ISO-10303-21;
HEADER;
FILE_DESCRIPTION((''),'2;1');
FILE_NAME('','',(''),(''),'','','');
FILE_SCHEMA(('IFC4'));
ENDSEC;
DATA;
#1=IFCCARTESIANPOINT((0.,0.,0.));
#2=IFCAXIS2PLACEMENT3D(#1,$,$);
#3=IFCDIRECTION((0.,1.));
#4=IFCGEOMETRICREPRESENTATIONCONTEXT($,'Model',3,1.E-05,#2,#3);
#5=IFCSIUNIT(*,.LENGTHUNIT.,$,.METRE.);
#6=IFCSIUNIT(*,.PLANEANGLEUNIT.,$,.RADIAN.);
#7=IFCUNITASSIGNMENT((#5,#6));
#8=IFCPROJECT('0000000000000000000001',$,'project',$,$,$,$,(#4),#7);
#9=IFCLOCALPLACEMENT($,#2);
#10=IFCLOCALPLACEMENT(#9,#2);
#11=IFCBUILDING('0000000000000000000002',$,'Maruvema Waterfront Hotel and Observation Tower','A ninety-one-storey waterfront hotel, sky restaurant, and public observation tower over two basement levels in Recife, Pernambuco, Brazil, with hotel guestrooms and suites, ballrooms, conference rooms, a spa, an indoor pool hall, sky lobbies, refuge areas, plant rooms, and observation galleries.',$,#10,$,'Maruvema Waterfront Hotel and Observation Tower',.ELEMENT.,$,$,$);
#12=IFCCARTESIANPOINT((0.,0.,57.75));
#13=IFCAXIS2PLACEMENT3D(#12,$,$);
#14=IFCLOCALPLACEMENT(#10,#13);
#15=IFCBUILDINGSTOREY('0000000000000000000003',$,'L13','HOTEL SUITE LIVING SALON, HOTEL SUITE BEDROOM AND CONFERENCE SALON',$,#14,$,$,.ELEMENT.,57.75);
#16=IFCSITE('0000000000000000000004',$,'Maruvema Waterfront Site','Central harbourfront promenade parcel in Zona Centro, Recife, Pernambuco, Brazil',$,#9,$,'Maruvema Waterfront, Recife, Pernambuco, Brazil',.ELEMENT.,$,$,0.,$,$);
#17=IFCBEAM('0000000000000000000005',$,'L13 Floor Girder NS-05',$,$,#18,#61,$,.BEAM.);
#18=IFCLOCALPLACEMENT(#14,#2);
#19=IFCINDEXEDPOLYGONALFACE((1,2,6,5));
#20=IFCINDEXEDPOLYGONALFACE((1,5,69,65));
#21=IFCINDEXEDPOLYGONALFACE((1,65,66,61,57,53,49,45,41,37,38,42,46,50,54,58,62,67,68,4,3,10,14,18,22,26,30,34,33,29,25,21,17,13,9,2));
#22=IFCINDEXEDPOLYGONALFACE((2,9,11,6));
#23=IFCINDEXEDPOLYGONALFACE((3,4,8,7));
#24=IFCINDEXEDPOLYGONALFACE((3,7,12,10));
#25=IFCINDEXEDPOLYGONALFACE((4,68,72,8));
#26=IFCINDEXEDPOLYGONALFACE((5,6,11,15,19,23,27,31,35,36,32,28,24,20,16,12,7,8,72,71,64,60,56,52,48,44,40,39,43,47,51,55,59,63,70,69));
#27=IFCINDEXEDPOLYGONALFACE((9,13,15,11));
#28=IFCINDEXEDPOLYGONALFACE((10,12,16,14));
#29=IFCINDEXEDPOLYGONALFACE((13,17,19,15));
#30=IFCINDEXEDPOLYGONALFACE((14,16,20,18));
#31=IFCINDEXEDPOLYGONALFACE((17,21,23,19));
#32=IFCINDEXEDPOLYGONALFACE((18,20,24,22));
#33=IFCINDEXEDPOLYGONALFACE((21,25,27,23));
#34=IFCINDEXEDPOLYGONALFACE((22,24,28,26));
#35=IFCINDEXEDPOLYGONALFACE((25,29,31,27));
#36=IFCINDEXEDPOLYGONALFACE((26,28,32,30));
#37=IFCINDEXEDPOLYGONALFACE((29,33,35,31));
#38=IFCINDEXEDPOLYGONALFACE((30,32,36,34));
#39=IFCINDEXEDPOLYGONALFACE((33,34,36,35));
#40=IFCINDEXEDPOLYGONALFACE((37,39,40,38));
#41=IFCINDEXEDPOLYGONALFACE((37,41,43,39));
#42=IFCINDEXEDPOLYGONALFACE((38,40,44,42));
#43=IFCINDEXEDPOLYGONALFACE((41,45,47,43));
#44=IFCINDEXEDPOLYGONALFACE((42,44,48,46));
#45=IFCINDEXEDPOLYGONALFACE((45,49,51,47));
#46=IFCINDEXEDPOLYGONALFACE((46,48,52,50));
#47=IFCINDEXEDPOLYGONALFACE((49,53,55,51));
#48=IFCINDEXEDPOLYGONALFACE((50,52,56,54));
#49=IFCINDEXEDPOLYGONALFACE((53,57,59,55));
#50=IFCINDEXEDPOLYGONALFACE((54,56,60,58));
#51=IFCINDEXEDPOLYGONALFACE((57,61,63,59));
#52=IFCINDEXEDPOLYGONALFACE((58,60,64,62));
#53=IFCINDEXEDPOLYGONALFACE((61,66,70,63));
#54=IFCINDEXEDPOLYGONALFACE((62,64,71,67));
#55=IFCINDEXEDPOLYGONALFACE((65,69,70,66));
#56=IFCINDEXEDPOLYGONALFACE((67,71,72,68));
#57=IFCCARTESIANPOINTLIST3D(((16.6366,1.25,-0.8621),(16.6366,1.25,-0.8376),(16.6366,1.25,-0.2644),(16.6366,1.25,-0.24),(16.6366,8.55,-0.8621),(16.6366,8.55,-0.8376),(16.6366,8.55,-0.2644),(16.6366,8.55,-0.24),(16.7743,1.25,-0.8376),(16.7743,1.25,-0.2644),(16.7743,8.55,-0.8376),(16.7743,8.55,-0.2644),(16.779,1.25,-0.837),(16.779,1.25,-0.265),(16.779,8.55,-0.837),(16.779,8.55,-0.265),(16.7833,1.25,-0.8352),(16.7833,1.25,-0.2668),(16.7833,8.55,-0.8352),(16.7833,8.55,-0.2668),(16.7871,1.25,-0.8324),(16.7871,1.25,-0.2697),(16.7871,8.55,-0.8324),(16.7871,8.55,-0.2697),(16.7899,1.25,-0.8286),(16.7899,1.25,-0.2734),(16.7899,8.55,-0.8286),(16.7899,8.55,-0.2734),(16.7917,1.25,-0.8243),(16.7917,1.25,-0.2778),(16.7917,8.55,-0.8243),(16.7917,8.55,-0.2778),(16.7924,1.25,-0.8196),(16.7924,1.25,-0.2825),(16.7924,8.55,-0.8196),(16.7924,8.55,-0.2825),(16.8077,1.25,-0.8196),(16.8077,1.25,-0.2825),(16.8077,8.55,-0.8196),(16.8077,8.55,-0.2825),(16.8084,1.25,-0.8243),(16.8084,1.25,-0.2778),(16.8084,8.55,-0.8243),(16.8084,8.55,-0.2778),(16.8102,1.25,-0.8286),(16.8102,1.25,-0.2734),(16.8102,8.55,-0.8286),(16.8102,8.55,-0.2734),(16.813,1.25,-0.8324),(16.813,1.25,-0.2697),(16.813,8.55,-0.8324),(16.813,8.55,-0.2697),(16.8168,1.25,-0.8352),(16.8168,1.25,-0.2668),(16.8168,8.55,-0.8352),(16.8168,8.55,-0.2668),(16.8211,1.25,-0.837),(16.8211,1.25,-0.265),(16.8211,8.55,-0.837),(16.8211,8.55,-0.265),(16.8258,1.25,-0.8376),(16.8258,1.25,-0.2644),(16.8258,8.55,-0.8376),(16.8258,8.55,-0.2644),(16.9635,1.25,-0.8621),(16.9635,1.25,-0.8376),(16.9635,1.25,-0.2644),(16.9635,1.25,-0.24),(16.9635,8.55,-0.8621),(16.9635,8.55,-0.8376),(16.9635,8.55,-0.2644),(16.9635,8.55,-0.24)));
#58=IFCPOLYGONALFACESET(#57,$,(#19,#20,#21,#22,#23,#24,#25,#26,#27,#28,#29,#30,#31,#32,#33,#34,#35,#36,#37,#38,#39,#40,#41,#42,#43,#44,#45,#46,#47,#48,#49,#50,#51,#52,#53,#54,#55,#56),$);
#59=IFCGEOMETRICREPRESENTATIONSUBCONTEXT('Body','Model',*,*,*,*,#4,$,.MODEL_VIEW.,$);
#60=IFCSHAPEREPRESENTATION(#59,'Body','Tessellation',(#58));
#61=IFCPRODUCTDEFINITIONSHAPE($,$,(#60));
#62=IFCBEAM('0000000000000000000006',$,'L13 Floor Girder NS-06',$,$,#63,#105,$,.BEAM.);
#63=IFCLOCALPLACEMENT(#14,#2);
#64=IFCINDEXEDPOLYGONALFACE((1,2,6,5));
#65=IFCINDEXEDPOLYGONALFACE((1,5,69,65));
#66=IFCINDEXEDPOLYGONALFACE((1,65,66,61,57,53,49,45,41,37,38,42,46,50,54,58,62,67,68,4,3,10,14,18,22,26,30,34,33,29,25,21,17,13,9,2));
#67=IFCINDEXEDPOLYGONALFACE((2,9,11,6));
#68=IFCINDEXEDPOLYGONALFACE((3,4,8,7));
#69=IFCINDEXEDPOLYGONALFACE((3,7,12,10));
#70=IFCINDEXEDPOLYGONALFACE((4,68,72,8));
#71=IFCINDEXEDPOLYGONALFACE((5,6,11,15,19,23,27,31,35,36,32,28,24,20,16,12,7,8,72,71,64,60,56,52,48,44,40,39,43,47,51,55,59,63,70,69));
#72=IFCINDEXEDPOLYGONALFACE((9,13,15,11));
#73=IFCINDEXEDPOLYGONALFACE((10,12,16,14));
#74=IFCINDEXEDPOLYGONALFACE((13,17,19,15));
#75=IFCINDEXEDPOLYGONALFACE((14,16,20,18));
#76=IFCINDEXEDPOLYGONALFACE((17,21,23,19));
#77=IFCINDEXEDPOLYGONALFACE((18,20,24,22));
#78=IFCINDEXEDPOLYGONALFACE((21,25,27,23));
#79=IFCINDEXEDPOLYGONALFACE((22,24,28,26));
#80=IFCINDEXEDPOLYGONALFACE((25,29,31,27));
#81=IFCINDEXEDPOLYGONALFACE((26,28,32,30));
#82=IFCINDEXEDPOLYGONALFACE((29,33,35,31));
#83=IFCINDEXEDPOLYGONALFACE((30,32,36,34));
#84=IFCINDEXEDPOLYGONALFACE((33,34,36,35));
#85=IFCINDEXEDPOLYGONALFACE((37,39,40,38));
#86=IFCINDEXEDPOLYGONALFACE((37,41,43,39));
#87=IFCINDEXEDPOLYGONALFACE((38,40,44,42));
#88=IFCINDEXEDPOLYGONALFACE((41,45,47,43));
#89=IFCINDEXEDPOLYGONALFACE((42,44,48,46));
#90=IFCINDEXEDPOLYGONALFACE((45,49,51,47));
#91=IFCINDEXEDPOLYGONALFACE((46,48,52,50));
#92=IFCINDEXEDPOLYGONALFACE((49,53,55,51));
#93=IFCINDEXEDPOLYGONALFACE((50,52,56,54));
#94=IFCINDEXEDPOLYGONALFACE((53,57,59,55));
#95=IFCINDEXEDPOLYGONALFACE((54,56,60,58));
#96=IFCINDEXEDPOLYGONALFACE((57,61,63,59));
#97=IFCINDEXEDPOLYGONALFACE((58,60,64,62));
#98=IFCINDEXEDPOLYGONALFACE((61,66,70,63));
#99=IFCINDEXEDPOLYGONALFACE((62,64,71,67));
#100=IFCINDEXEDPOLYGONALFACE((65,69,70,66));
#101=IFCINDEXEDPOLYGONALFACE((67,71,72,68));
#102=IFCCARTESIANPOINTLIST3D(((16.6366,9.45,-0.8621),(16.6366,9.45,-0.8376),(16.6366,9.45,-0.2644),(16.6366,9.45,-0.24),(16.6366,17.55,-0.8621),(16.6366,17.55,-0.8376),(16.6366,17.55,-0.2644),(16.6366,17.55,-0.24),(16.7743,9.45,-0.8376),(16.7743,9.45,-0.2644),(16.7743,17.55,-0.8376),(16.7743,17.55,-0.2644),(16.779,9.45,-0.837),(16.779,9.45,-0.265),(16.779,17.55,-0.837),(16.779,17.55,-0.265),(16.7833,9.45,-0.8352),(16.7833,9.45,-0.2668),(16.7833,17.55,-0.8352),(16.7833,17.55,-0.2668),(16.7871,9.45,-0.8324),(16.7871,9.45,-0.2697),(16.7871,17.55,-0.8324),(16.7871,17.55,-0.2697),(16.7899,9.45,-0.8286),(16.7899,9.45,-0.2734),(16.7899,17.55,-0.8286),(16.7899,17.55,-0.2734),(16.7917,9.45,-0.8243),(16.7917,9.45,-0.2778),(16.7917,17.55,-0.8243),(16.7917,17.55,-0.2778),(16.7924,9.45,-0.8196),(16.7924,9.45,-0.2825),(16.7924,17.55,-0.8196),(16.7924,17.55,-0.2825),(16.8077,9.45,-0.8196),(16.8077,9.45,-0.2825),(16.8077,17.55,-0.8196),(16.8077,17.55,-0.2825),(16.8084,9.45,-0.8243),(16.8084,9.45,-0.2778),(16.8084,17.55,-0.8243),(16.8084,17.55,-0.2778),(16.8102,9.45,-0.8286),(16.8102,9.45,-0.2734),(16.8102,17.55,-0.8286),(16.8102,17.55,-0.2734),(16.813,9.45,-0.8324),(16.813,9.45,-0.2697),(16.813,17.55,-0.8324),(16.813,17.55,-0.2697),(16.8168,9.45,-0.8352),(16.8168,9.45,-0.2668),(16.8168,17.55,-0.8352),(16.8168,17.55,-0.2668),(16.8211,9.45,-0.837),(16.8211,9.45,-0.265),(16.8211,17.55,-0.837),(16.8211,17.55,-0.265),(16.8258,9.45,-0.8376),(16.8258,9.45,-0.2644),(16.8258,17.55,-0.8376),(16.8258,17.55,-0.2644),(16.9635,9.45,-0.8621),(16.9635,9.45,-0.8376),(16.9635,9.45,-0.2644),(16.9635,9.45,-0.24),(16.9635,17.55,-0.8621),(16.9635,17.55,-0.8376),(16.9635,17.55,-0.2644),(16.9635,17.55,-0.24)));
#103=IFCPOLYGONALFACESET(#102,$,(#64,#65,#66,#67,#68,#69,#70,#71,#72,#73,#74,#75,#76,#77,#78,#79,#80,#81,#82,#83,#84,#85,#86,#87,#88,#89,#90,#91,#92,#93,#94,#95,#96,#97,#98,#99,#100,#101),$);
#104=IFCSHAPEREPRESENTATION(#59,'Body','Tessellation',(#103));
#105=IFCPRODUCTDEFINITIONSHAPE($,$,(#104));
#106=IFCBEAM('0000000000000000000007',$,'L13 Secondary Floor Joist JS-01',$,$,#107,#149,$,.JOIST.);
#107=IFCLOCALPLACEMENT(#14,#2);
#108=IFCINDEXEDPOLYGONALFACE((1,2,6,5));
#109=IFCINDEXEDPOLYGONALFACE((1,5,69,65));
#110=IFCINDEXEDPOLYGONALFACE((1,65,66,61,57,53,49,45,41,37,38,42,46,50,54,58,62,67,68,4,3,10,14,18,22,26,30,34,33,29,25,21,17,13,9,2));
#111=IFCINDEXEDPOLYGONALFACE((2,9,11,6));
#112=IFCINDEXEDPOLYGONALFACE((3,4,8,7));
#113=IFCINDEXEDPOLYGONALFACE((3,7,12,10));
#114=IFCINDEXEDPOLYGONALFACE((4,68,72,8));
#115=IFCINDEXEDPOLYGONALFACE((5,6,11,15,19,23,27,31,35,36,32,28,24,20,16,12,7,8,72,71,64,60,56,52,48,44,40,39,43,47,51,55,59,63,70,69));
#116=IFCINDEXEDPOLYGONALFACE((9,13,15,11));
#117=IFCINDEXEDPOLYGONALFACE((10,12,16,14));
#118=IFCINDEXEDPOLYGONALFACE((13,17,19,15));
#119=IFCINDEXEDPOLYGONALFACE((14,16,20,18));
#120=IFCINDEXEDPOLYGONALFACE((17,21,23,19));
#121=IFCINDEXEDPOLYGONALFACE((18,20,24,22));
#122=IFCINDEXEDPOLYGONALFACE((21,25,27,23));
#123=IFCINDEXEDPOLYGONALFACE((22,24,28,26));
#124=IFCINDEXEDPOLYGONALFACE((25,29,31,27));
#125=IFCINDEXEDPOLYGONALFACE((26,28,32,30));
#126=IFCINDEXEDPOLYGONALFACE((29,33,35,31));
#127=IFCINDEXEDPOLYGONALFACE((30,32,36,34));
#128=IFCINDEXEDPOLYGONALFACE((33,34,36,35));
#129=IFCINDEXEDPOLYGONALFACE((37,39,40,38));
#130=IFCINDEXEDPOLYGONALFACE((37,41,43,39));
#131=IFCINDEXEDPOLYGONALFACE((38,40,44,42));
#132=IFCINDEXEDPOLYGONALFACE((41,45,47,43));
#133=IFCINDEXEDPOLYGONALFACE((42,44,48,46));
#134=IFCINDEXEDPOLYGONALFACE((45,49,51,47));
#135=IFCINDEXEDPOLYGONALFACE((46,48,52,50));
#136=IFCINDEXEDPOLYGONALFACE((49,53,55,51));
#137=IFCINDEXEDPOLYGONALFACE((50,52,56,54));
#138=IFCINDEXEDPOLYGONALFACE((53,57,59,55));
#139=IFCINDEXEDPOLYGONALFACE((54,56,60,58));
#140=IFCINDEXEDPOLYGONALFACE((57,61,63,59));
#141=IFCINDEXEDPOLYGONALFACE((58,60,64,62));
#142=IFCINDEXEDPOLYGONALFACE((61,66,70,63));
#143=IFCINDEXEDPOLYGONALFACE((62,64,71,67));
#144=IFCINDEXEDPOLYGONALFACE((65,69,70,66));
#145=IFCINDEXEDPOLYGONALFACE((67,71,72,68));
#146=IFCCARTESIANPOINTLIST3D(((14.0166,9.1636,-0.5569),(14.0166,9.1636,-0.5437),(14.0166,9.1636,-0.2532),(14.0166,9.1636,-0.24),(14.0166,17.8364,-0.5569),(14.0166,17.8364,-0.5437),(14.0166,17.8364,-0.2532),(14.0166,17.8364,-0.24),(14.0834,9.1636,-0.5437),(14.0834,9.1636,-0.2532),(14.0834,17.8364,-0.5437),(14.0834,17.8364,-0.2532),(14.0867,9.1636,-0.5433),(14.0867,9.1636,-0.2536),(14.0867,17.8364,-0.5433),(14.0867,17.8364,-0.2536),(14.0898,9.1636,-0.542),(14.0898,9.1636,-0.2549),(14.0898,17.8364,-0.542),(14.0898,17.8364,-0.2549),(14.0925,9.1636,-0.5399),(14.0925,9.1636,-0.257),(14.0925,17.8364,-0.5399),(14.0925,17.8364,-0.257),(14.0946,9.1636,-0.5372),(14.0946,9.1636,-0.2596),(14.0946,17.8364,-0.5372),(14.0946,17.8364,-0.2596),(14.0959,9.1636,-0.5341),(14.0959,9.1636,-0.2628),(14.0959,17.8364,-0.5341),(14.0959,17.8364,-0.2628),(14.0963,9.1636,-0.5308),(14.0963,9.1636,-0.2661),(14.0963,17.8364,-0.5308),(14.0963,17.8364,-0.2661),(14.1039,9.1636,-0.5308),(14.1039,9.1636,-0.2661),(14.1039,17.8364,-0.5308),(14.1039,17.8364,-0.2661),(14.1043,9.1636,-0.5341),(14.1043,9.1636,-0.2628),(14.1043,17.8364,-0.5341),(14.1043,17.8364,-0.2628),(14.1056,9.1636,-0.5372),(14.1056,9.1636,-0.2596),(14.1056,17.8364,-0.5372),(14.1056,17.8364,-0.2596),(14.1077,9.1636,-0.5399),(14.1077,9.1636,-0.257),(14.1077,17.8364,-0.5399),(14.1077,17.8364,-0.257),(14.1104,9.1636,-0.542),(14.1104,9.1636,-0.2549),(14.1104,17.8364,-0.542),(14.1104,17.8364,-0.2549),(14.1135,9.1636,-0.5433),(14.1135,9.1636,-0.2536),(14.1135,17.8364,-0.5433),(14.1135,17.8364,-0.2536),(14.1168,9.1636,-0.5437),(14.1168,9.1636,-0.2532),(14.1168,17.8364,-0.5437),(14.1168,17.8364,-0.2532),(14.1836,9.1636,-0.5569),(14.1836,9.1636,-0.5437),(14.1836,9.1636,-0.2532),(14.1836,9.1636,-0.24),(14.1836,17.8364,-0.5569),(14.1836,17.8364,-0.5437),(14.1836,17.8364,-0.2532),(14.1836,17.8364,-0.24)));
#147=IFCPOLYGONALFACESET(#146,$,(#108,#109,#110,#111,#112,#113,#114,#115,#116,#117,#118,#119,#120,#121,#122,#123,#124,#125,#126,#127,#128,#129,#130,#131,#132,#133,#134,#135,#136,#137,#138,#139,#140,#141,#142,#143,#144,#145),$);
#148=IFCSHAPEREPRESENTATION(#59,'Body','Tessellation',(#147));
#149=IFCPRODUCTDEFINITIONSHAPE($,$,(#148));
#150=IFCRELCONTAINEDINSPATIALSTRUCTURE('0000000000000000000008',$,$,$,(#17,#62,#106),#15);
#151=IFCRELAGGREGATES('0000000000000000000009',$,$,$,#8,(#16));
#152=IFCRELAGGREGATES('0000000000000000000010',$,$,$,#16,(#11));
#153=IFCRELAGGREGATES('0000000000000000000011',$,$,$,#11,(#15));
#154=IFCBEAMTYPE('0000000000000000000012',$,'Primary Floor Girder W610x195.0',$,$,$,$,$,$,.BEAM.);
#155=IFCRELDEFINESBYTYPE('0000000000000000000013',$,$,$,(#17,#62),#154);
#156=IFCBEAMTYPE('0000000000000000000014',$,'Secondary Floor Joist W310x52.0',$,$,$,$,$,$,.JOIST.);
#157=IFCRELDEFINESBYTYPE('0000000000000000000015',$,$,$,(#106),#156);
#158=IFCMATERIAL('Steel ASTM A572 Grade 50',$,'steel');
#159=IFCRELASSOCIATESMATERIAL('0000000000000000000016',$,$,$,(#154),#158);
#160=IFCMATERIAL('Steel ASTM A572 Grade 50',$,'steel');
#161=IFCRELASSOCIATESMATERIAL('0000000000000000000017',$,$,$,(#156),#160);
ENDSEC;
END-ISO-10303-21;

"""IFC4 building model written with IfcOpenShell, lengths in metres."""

from ifc_helpers import new_model, si_unit, direction, frame, origin, origin_2d, place, context, subcontext, project, spatial, i_section, extrude, material, material_profile, profile_set, type_object, element, save


model = new_model("IFC4")

# Units and contexts
model_context = context("Model", 3, precision=1e-05, world=origin(), true_north=direction((0.0, 1.0)))
body_context = subcontext(model_context, "Body", "Model", "MODEL_VIEW")
ifc_project = project(units=[si_unit("LENGTHUNIT", "METRE"), si_unit("PLANEANGLEUNIT", "RADIAN")], contexts=[model_context])

# Site, building, storey
site_placement = place(None, origin())
site = spatial("IfcSite", under=ifc_project, at=site_placement, Name="Maruvema Waterfront Site", Description="Central harbourfront promenade parcel in Zona Centro, Recife, Pernambuco, Brazil", LongName="Maruvema Waterfront, Recife, Pernambuco, Brazil", CompositionType="ELEMENT", RefElevation=0.0)
building_placement = place(site_placement, origin())
building = spatial("IfcBuilding", under=site, at=building_placement, Name="Maruvema Waterfront Hotel and Observation Tower", Description="A ninety-one-storey waterfront hotel, sky restaurant, and public observation tower over two basement levels in Recife, Pernambuco, Brazil, with hotel guestrooms and suites, ballrooms, conference rooms, a spa, an indoor pool hall, sky lobbies, refuge areas, plant rooms, and observation galleries.", LongName="Maruvema Waterfront Hotel and Observation Tower", CompositionType="ELEMENT")
storey_placement = place(building_placement, frame((0.0, 0.0, 57.75)))
storey = spatial("IfcBuildingStorey", under=building, at=storey_placement, Name="L13", Description="HOTEL SUITE LIVING SALON, HOTEL SUITE BEDROOM AND CONFERENCE SALON", CompositionType="ELEMENT", Elevation=57.75)

# Beams
ifc_material_1 = material(Name="Steel ASTM A572 Grade 50", Category="steel")
ifc_material_profile_1 = material_profile(ifc_material_1, i_section(OverallWidth=0.3269, OverallDepth=0.6221, WebThickness=0.0154, FlangeThickness=0.0244, FilletRadius=0.0181, at=origin_2d()), Name="W610x195.0")
ifc_profile_set_1 = profile_set([ifc_material_profile_1], Name="Steel ASTM A572 Grade 50")
beam_type_1 = type_object("IfcBeamType", Name="Primary Floor Girder W610x195.0", PredefinedType="BEAM", material=ifc_profile_set_1)
beam_1_placement = place(storey_placement, frame((16.8, 1.25, -0.551), z_axis=(0.0, 1.0, 0.0), x_axis=(-1.0, 0.0, 0.0)))
element("IfcBeam", 1, at=beam_1_placement, inside=storey, type_object=beam_type_1, Name="L13 Floor Girder NS-05", PredefinedType="BEAM", context=body_context, shape_type="SweptSolid", body=[
    extrude(i_section(OverallWidth=0.3269, OverallDepth=0.6221, WebThickness=0.0154, FlangeThickness=0.0244, FilletRadius=0.0181, at=origin_2d()), origin(), (0.0, 0.0, 1.0), 7.3),
])
beam_2_placement = place(storey_placement, frame((16.8, 9.45, -0.551), z_axis=(0.0, 1.0, 0.0), x_axis=(-1.0, 0.0, 0.0)))
element("IfcBeam", 2, at=beam_2_placement, inside=storey, type_object=beam_type_1, Name="L13 Floor Girder NS-06", PredefinedType="BEAM", context=body_context, shape_type="SweptSolid", body=[
    extrude(i_section(OverallWidth=0.3269, OverallDepth=0.6221, WebThickness=0.0154, FlangeThickness=0.0244, FilletRadius=0.0181, at=origin_2d()), origin(), (0.0, 0.0, 1.0), 8.1001),
])
ifc_material_2 = material(Name="Steel ASTM A572 Grade 50", Category="steel")
ifc_material_profile_2 = material_profile(ifc_material_2, i_section(OverallWidth=0.167, OverallDepth=0.3169, WebThickness=0.0076, FlangeThickness=0.0132, FilletRadius=0.0129, at=origin_2d()), Name="W310x52.0")
ifc_profile_set_2 = profile_set([ifc_material_profile_2], Name="Steel ASTM A572 Grade 50")
beam_type_2 = type_object("IfcBeamType", Name="Secondary Floor Joist W310x52.0", PredefinedType="JOIST", material=ifc_profile_set_2)
beam_3_placement = place(storey_placement, frame((14.1001, 9.1636, -0.3984), z_axis=(0.0, 1.0, 0.0), x_axis=(-1.0, 0.0, 0.0)))
element("IfcBeam", 3, at=beam_3_placement, inside=storey, type_object=beam_type_2, Name="L13 Secondary Floor Joist JS-01", PredefinedType="JOIST", context=body_context, shape_type="SweptSolid", body=[
    extrude(i_section(OverallWidth=0.167, OverallDepth=0.3169, WebThickness=0.0076, FlangeThickness=0.0132, FilletRadius=0.0129, at=origin_2d()), origin(), (0.0, 0.0, 1.0), 8.6729),
])

save(model, "model.ifc")
